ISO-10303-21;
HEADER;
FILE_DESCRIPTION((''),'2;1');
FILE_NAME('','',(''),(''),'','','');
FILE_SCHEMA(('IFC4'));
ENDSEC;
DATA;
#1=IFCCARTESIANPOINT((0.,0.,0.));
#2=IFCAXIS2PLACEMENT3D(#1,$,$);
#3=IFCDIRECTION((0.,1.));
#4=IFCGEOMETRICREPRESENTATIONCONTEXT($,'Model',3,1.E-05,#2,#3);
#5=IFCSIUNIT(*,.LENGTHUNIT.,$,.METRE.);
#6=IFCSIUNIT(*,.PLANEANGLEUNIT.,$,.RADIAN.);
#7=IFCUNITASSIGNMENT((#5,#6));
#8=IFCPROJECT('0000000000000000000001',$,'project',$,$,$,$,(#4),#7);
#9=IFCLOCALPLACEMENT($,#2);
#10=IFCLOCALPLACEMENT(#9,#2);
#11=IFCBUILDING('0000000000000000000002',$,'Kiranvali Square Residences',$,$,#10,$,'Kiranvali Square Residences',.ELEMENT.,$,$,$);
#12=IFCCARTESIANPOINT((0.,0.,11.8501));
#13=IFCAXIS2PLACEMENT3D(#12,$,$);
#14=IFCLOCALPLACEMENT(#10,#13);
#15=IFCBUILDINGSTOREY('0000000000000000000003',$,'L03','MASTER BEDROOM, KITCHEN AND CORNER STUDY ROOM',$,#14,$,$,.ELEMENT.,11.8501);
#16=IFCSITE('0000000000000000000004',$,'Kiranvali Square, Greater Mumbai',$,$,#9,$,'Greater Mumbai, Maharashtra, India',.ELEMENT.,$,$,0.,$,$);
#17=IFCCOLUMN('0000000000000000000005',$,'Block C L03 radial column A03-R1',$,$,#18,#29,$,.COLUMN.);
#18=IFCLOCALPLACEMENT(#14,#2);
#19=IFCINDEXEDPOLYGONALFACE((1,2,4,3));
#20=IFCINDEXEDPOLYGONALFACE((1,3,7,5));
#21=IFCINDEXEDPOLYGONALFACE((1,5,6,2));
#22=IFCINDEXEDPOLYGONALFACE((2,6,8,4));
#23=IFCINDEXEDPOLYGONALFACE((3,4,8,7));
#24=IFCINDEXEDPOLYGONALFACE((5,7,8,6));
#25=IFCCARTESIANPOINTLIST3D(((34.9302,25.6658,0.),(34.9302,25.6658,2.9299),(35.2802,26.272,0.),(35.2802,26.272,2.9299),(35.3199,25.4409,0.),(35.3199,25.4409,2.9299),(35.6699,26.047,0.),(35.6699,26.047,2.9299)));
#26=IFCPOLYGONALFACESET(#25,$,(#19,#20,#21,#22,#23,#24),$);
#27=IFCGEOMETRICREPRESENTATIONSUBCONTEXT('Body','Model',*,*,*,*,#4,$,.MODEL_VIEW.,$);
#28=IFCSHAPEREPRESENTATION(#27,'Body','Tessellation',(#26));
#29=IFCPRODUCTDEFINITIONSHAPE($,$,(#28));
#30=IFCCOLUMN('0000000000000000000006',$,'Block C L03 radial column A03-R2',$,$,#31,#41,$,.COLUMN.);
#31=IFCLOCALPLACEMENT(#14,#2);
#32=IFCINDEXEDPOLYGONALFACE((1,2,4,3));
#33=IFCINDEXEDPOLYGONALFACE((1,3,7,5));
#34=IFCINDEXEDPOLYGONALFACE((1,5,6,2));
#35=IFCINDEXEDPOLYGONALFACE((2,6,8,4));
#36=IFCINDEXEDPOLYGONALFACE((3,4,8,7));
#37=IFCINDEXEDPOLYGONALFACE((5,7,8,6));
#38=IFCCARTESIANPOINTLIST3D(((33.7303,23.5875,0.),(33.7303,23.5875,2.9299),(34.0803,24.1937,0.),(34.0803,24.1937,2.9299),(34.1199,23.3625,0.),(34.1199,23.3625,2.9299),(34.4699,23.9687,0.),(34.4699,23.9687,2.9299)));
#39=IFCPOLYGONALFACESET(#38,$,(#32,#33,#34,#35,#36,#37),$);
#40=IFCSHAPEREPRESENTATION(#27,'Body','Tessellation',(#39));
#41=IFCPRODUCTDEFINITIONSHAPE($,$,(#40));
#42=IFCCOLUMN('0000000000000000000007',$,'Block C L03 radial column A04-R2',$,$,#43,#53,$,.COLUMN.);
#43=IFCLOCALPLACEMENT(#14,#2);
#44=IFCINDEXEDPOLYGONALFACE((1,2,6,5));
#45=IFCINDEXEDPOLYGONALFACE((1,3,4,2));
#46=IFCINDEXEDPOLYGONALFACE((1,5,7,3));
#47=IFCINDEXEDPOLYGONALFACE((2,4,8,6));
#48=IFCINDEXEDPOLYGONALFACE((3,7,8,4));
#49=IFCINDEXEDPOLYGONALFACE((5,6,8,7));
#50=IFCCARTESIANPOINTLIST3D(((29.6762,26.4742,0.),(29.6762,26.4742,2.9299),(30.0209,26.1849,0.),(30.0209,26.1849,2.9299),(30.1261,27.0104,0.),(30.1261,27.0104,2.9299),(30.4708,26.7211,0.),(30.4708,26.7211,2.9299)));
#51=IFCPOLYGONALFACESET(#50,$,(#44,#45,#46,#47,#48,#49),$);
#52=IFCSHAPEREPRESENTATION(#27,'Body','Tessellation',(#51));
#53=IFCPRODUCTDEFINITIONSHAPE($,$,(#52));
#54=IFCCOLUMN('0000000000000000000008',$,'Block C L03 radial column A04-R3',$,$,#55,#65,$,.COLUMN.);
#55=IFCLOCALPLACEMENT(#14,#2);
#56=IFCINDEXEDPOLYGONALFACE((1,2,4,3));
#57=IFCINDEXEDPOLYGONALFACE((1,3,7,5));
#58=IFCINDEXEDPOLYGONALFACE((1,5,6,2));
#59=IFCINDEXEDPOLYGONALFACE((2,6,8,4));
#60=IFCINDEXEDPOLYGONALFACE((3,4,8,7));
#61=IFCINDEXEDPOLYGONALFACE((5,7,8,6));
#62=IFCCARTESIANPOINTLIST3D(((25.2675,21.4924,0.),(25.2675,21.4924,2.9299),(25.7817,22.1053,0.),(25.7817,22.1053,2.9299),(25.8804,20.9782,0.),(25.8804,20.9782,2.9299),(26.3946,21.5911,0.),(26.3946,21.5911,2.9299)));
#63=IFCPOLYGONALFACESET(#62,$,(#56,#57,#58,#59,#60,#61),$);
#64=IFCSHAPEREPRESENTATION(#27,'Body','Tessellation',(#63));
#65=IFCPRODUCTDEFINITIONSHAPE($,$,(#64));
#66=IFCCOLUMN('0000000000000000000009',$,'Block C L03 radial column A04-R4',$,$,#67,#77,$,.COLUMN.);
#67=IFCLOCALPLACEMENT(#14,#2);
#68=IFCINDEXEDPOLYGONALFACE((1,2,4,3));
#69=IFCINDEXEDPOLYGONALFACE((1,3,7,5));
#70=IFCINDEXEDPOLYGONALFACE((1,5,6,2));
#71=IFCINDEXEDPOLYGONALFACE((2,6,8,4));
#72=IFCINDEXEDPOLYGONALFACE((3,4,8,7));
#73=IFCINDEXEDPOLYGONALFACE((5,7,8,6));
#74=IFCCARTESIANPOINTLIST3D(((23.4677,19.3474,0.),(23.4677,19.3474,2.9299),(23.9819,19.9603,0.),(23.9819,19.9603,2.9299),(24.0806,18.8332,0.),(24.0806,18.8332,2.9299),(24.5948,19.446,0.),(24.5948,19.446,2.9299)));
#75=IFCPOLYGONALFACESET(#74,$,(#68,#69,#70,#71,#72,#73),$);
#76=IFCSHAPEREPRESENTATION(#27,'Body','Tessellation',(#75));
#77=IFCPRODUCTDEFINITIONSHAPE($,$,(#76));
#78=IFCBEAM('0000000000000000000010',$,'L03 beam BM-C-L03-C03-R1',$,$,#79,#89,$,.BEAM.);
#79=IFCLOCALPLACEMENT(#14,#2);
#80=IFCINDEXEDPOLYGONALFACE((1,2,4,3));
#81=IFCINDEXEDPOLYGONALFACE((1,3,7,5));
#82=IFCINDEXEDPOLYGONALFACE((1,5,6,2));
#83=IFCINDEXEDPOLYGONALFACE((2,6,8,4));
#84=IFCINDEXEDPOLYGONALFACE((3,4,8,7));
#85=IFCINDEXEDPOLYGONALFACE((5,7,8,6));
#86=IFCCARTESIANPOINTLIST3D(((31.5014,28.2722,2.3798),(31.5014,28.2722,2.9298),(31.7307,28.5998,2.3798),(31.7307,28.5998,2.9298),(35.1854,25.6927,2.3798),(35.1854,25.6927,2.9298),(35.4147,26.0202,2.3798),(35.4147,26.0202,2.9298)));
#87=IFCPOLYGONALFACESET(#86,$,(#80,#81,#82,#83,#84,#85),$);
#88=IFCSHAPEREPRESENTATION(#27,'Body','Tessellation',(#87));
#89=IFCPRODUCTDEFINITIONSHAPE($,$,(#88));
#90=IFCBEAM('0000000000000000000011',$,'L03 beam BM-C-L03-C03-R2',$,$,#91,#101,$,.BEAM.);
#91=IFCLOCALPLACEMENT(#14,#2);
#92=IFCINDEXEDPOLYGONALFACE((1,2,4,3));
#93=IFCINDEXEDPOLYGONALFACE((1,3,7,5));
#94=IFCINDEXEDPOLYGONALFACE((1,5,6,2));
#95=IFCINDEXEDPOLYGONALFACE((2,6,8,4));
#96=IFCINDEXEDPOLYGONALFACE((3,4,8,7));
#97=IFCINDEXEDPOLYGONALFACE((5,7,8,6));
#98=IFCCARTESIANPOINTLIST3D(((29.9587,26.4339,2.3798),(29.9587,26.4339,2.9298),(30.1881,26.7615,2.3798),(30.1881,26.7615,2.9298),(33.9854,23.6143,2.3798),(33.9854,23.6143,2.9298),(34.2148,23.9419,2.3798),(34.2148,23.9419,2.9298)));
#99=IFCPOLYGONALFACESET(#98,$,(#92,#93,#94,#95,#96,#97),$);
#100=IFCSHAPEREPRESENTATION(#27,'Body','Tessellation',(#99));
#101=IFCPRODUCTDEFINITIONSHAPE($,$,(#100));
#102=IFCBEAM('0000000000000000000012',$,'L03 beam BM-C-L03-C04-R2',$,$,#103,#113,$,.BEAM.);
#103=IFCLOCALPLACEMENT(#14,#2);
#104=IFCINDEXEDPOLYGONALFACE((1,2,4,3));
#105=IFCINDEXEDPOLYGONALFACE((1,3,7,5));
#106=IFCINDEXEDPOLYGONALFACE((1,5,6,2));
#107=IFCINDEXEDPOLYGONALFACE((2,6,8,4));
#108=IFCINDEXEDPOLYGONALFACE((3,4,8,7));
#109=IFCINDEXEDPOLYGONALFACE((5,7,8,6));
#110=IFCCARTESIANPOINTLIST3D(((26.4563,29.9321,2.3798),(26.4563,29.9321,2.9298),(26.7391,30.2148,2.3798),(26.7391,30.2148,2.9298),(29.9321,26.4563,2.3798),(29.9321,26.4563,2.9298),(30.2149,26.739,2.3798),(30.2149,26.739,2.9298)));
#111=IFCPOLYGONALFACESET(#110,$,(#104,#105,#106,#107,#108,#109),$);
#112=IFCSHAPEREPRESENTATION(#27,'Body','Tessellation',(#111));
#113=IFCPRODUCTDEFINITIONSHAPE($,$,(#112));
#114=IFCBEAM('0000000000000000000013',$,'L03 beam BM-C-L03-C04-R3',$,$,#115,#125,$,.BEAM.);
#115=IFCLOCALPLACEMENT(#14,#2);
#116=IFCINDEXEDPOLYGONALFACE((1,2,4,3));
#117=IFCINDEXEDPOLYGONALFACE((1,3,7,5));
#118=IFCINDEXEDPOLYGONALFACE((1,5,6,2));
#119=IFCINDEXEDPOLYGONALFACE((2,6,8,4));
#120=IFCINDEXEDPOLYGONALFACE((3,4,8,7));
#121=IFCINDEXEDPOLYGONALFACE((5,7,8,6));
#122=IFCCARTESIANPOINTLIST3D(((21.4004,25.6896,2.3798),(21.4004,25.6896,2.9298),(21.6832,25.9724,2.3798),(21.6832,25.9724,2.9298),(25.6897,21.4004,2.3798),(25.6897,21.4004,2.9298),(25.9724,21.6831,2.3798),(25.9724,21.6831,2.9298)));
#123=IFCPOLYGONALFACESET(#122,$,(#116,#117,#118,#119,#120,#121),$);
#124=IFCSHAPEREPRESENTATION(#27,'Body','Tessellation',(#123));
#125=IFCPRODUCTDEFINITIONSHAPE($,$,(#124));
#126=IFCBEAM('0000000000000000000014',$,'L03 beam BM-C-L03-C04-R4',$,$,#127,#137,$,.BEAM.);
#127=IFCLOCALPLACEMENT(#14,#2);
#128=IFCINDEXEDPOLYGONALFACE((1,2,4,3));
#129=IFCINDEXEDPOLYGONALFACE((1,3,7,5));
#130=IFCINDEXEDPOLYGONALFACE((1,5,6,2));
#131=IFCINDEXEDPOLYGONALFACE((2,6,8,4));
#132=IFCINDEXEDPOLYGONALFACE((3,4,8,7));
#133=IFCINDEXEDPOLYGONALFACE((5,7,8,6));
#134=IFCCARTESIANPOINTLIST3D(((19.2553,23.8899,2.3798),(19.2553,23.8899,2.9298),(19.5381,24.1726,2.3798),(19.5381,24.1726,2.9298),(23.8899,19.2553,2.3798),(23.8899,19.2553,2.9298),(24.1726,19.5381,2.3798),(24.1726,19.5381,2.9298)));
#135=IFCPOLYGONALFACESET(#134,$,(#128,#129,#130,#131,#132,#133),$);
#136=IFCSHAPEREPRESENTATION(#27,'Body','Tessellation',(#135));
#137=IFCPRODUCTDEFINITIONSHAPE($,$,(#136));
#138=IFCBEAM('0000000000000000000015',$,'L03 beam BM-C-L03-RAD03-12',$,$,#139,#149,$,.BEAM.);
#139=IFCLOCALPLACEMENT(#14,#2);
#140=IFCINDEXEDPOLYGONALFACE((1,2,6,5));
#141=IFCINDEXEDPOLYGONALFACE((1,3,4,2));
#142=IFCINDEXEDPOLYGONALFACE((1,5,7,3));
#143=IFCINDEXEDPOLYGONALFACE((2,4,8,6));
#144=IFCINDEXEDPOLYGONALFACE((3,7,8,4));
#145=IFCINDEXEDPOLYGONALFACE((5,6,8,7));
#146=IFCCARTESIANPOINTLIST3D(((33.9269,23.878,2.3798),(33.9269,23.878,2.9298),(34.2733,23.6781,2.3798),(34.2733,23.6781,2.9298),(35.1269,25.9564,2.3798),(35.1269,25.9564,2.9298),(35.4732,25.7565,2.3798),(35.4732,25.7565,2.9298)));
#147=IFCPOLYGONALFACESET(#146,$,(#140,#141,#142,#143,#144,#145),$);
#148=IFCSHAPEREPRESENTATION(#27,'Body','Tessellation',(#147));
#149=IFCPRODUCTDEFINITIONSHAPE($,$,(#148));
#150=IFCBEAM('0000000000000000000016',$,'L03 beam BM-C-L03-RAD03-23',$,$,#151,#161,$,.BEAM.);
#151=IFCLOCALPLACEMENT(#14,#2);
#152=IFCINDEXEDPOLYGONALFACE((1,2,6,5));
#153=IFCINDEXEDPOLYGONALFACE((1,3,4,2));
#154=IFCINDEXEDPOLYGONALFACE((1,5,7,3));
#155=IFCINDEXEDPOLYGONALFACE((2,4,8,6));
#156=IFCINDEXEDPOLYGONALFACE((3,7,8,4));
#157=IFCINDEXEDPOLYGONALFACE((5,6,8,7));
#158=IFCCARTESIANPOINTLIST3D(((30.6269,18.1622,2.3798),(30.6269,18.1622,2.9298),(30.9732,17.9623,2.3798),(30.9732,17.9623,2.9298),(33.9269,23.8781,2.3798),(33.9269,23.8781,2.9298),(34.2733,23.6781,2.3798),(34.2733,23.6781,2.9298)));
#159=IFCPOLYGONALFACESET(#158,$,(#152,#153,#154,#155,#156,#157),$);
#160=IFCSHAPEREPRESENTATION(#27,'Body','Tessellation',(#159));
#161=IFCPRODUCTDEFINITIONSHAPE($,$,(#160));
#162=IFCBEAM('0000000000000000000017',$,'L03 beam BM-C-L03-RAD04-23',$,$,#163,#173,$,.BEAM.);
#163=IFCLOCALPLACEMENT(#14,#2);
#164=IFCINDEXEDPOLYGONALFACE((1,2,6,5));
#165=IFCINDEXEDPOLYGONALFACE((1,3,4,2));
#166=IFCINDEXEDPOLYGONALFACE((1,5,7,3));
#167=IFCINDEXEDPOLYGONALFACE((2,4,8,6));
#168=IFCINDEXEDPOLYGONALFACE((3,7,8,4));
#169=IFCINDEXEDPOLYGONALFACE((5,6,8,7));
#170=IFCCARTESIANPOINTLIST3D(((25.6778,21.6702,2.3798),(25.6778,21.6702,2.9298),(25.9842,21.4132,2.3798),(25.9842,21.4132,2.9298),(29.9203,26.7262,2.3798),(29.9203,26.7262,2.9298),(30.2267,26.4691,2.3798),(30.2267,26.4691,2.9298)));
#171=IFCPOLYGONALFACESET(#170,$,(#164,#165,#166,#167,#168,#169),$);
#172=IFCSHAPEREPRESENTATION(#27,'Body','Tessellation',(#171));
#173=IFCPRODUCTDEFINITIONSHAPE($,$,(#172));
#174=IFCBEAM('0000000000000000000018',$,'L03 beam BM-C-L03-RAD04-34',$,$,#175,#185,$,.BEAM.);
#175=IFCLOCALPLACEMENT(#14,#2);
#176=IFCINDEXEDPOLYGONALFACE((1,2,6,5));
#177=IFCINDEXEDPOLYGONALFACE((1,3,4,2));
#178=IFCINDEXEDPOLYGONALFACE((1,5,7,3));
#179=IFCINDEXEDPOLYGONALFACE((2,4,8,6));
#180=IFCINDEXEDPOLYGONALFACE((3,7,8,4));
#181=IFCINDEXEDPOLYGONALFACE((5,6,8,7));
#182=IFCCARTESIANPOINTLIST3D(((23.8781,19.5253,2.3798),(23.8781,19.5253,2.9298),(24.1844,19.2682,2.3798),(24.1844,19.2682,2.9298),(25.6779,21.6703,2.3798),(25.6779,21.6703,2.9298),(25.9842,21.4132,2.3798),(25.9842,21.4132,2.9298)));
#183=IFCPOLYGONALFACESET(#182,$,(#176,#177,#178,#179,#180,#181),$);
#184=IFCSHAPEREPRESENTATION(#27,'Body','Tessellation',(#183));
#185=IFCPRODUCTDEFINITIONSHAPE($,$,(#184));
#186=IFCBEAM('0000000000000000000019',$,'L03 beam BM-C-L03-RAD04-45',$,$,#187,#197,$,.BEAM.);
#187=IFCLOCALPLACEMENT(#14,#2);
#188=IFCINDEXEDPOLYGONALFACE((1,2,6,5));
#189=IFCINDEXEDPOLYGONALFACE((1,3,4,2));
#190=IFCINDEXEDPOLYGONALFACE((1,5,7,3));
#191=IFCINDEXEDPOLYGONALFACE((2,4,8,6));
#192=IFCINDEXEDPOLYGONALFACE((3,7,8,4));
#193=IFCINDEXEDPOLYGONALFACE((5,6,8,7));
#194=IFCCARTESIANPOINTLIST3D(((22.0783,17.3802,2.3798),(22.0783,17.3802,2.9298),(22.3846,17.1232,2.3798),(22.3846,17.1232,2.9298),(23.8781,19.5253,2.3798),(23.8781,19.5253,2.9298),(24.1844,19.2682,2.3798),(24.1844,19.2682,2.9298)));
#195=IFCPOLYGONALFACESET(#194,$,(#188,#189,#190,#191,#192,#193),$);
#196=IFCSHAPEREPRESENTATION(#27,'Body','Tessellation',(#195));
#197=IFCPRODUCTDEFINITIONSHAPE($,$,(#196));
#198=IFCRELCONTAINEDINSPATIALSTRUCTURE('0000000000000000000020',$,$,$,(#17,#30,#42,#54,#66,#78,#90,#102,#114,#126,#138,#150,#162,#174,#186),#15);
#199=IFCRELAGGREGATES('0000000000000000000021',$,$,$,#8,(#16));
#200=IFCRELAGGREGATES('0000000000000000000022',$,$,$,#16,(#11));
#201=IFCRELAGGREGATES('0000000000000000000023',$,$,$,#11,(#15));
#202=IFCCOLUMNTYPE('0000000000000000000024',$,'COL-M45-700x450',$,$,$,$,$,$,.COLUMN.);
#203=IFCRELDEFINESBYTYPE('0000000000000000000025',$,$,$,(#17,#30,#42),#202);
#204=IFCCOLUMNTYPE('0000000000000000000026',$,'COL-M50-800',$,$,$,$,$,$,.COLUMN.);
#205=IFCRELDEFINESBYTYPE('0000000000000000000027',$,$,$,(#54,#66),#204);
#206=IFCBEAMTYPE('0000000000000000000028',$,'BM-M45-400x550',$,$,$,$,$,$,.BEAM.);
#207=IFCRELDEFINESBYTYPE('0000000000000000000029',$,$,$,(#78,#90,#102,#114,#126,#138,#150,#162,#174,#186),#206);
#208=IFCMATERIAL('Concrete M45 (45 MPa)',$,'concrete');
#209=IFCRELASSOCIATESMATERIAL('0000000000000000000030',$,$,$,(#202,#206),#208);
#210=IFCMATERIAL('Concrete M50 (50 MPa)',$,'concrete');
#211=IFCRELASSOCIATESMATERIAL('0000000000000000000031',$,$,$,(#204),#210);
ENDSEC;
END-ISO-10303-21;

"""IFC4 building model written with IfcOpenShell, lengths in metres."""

from ifc_helpers import new_model, si_unit, direction, frame, origin, origin_2d, place, context, subcontext, project, spatial, rectangle, extrude, material, material_profile, profile_set, type_object, element, save


model = new_model("IFC4")

# Units and contexts
model_context = context("Model", 3, precision=1e-05, world=origin(), true_north=direction((0.0, 1.0)))
body_context = subcontext(model_context, "Body", "Model", "MODEL_VIEW")
ifc_project = project(units=[si_unit("LENGTHUNIT", "METRE"), si_unit("PLANEANGLEUNIT", "RADIAN")], contexts=[model_context])

# Site, building, storey
site_placement = place(None, origin())
site = spatial("IfcSite", under=ifc_project, at=site_placement, Name="Kiranvali Square, Greater Mumbai", LongName="Greater Mumbai, Maharashtra, India", CompositionType="ELEMENT", RefElevation=0.0)
building_placement = place(site_placement, origin())
building = spatial("IfcBuilding", under=site, at=building_placement, Name="Kiranvali Square Residences", LongName="Kiranvali Square Residences", CompositionType="ELEMENT")
storey_placement = place(building_placement, frame((0.0, 0.0, 11.8501)))
storey = spatial("IfcBuildingStorey", under=building, at=storey_placement, Name="L03", Description="MASTER BEDROOM, KITCHEN AND CORNER STUDY ROOM", CompositionType="ELEMENT", Elevation=11.8501)

# Columns
ifc_material_1 = material(Name="Concrete M45 (45 MPa)", Category="concrete")
ifc_material_profile_1 = material_profile(ifc_material_1, rectangle(XDim=0.45, YDim=0.7, at=origin_2d()), Name="RC 700x450")
ifc_profile_set_1 = profile_set([ifc_material_profile_1], Name="Concrete M45 (45 MPa)")
column_type_1 = type_object("IfcColumnType", Name="COL-M45-700x450", PredefinedType="COLUMN", material=ifc_profile_set_1)
for number, where, z_axis, x_axis, name in (
    (1, (35.3, 25.8564, 0.0), (0.0, 0.0, 1.0), (-0.866025, 0.5, 0.0), "Block C L03 radial column A03-R1"),
    (2, (34.1001, 23.7781, 0.0), (0.0, 0.0, 1.0), (-0.866025, 0.5, 0.0), "Block C L03 radial column A03-R2"),
    (3, (30.0735, 26.5977, 0.0), (0.0, 0.0, 1.0), (-0.766044, 0.642788, 0.0), "Block C L03 radial column A04-R2"),
):
    element("IfcColumn", number, at=place(storey_placement, frame(where, z_axis=z_axis, x_axis=x_axis)), inside=storey, type_object=column_type_1, Name=name, PredefinedType="COLUMN", context=body_context, shape_type="SweptSolid", body=[
        extrude(rectangle(XDim=0.45, YDim=0.7, at=origin_2d()), origin(), (0.0, 0.0, 1.0), 2.9299),
    ])
ifc_material_2 = material(Name="Concrete M50 (50 MPa)", Category="concrete")
ifc_material_profile_2 = material_profile(ifc_material_2, rectangle(XDim=0.8, YDim=0.8, at=origin_2d()), Name="RC 800x800")
ifc_profile_set_2 = profile_set([ifc_material_profile_2], Name="Concrete M50 (50 MPa)")
column_type_2 = type_object("IfcColumnType", Name="COL-M50-800", PredefinedType="COLUMN", material=ifc_profile_set_2)
for number, where, z_axis, x_axis, name in (
    (4, (25.8311, 21.5417, 0.0), (0.0, 0.0, 1.0), (-0.766044, 0.642788, 0.0), "Block C L03 radial column A04-R3"),
    (5, (24.0312, 19.3967, 0.0), (0.0, 0.0, 1.0), (-0.766044, 0.642788, 0.0), "Block C L03 radial column A04-R4"),
):
    element("IfcColumn", number, at=place(storey_placement, frame(where, z_axis=z_axis, x_axis=x_axis)), inside=storey, type_object=column_type_2, Name=name, PredefinedType="COLUMN", context=body_context, shape_type="SweptSolid", body=[
        extrude(rectangle(XDim=0.8, YDim=0.8, at=origin_2d()), origin(), (0.0, 0.0, 1.0), 2.9299),
    ])

# Beams
ifc_material_profile_3 = material_profile(ifc_material_1, rectangle(XDim=0.3999, YDim=0.55, at=origin_2d()), Name="RC 400x550")
ifc_profile_set_3 = profile_set([ifc_material_profile_3], Name="Concrete M45 (45 MPa)")
beam_type = type_object("IfcBeamType", Name="BM-M45-400x550", PredefinedType="BEAM", material=ifc_profile_set_3)
beam_1_placement = place(storey_placement, frame((35.3, 25.8564, 2.6548), z_axis=(-0.819155, 0.573572, 0.0), x_axis=(-0.573572, -0.819155, 0.0)))
element("IfcBeam", 6, at=beam_1_placement, inside=storey, type_object=beam_type, Name="L03 beam BM-C-L03-C03-R1", PredefinedType="BEAM", context=body_context, shape_type="SweptSolid", body=[
    extrude(rectangle(XDim=0.3999, YDim=0.55, at=origin_2d()), origin(), (0.0, 0.0, 1.0), 4.4973),
])
beam_2_placement = place(storey_placement, frame((34.1001, 23.7781, 2.6548), z_axis=(-0.819141, 0.573592, 0.0), x_axis=(-0.573592, -0.819141, 0.0)))
element("IfcBeam", 7, at=beam_2_placement, inside=storey, type_object=beam_type, Name="L03 beam BM-C-L03-C03-R2", PredefinedType="BEAM", context=body_context, shape_type="SweptSolid", body=[
    extrude(rectangle(XDim=0.3999, YDim=0.55, at=origin_2d()), origin(), (0.0, 0.0, 1.0), 4.9158),
])
beam_3_placement = place(storey_placement, frame((30.0735, 26.5977, 2.6548), z_axis=(-0.707107, 0.707107, 0.0), x_axis=(-0.707107, -0.707107, 0.0)))
element("IfcBeam", 8, at=beam_3_placement, inside=storey, type_object=beam_type, Name="L03 beam BM-C-L03-C04-R2", PredefinedType="BEAM", context=body_context, shape_type="SweptSolid", body=[
    extrude(rectangle(XDim=0.3999, YDim=0.55, at=origin_2d()), origin(), (0.0, 0.0, 1.0), 4.9155),
])
beam_4_placement = place(storey_placement, frame((25.8311, 21.5417, 2.6548), z_axis=(-0.707107, 0.707107, 0.0), x_axis=(-0.707107, -0.707107, 0.0)))
element("IfcBeam", 9, at=beam_4_placement, inside=storey, type_object=beam_type, Name="L03 beam BM-C-L03-C04-R3", PredefinedType="BEAM", context=body_context, shape_type="SweptSolid", body=[
    extrude(rectangle(XDim=0.3999, YDim=0.55, at=origin_2d()), origin(), (0.0, 0.0, 1.0), 6.0659),
])
beam_5_placement = place(storey_placement, frame((24.0312, 19.3967, 2.6548), z_axis=(-0.707107, 0.707107, 0.0), x_axis=(-0.707107, -0.707107, 0.0)))
element("IfcBeam", 10, at=beam_5_placement, inside=storey, type_object=beam_type, Name="L03 beam BM-C-L03-C04-R4", PredefinedType="BEAM", context=body_context, shape_type="SweptSolid", body=[
    extrude(rectangle(XDim=0.3999, YDim=0.55, at=origin_2d()), origin(), (0.0, 0.0, 1.0), 6.5542),
])
beam_6_placement = place(storey_placement, frame((35.3, 25.8564, 2.6548), z_axis=(-0.500001, -0.866025, 0.0), x_axis=(0.866025, -0.500001, 0.0)))
element("IfcBeam", 11, at=beam_6_placement, inside=storey, type_object=beam_type, Name="L03 beam BM-C-L03-RAD03-12", PredefinedType="BEAM", context=body_context, shape_type="SweptSolid", body=[
    extrude(rectangle(XDim=0.3999, YDim=0.55, at=origin_2d()), origin(), (0.0, 0.0, 1.0), 2.3999),
])
for number, where, z_axis, x_axis, name in (
    (12, (34.1001, 23.7781, 2.6548), (-0.500002, -0.866024, 0.0), (0.866024, -0.500002, 0.0), "L03 beam BM-C-L03-RAD03-23"),
    (13, (30.0735, 26.5977, 2.6548), (-0.642789, -0.766043, 0.0), (0.766043, -0.642789, 0.0), "L03 beam BM-C-L03-RAD04-23"),
):
    element("IfcBeam", number, at=place(storey_placement, frame(where, z_axis=z_axis, x_axis=x_axis)), inside=storey, type_object=beam_type, Name=name, PredefinedType="BEAM", context=body_context, shape_type="SweptSolid", body=[
        extrude(rectangle(XDim=0.3999, YDim=0.55, at=origin_2d()), origin(), (0.0, 0.0, 1.0), 6.6001),
    ])
for number, where, z_axis, x_axis, name in (
    (14, (25.8311, 21.5417, 2.6548), (-0.642771, -0.766059, 0.0), (0.766059, -0.642771, 0.0), "L03 beam BM-C-L03-RAD04-34"),
    (15, (24.0312, 19.3967, 2.6548), (-0.642771, -0.766059, 0.0), (0.766059, -0.642771, 0.0), "L03 beam BM-C-L03-RAD04-45"),
):
    element("IfcBeam", number, at=place(storey_placement, frame(where, z_axis=z_axis, x_axis=x_axis)), inside=storey, type_object=beam_type, Name=name, PredefinedType="BEAM", context=body_context, shape_type="SweptSolid", body=[
        extrude(rectangle(XDim=0.3999, YDim=0.55, at=origin_2d()), origin(), (0.0, 0.0, 1.0), 2.8),
    ])

save(model, "model.ifc")
